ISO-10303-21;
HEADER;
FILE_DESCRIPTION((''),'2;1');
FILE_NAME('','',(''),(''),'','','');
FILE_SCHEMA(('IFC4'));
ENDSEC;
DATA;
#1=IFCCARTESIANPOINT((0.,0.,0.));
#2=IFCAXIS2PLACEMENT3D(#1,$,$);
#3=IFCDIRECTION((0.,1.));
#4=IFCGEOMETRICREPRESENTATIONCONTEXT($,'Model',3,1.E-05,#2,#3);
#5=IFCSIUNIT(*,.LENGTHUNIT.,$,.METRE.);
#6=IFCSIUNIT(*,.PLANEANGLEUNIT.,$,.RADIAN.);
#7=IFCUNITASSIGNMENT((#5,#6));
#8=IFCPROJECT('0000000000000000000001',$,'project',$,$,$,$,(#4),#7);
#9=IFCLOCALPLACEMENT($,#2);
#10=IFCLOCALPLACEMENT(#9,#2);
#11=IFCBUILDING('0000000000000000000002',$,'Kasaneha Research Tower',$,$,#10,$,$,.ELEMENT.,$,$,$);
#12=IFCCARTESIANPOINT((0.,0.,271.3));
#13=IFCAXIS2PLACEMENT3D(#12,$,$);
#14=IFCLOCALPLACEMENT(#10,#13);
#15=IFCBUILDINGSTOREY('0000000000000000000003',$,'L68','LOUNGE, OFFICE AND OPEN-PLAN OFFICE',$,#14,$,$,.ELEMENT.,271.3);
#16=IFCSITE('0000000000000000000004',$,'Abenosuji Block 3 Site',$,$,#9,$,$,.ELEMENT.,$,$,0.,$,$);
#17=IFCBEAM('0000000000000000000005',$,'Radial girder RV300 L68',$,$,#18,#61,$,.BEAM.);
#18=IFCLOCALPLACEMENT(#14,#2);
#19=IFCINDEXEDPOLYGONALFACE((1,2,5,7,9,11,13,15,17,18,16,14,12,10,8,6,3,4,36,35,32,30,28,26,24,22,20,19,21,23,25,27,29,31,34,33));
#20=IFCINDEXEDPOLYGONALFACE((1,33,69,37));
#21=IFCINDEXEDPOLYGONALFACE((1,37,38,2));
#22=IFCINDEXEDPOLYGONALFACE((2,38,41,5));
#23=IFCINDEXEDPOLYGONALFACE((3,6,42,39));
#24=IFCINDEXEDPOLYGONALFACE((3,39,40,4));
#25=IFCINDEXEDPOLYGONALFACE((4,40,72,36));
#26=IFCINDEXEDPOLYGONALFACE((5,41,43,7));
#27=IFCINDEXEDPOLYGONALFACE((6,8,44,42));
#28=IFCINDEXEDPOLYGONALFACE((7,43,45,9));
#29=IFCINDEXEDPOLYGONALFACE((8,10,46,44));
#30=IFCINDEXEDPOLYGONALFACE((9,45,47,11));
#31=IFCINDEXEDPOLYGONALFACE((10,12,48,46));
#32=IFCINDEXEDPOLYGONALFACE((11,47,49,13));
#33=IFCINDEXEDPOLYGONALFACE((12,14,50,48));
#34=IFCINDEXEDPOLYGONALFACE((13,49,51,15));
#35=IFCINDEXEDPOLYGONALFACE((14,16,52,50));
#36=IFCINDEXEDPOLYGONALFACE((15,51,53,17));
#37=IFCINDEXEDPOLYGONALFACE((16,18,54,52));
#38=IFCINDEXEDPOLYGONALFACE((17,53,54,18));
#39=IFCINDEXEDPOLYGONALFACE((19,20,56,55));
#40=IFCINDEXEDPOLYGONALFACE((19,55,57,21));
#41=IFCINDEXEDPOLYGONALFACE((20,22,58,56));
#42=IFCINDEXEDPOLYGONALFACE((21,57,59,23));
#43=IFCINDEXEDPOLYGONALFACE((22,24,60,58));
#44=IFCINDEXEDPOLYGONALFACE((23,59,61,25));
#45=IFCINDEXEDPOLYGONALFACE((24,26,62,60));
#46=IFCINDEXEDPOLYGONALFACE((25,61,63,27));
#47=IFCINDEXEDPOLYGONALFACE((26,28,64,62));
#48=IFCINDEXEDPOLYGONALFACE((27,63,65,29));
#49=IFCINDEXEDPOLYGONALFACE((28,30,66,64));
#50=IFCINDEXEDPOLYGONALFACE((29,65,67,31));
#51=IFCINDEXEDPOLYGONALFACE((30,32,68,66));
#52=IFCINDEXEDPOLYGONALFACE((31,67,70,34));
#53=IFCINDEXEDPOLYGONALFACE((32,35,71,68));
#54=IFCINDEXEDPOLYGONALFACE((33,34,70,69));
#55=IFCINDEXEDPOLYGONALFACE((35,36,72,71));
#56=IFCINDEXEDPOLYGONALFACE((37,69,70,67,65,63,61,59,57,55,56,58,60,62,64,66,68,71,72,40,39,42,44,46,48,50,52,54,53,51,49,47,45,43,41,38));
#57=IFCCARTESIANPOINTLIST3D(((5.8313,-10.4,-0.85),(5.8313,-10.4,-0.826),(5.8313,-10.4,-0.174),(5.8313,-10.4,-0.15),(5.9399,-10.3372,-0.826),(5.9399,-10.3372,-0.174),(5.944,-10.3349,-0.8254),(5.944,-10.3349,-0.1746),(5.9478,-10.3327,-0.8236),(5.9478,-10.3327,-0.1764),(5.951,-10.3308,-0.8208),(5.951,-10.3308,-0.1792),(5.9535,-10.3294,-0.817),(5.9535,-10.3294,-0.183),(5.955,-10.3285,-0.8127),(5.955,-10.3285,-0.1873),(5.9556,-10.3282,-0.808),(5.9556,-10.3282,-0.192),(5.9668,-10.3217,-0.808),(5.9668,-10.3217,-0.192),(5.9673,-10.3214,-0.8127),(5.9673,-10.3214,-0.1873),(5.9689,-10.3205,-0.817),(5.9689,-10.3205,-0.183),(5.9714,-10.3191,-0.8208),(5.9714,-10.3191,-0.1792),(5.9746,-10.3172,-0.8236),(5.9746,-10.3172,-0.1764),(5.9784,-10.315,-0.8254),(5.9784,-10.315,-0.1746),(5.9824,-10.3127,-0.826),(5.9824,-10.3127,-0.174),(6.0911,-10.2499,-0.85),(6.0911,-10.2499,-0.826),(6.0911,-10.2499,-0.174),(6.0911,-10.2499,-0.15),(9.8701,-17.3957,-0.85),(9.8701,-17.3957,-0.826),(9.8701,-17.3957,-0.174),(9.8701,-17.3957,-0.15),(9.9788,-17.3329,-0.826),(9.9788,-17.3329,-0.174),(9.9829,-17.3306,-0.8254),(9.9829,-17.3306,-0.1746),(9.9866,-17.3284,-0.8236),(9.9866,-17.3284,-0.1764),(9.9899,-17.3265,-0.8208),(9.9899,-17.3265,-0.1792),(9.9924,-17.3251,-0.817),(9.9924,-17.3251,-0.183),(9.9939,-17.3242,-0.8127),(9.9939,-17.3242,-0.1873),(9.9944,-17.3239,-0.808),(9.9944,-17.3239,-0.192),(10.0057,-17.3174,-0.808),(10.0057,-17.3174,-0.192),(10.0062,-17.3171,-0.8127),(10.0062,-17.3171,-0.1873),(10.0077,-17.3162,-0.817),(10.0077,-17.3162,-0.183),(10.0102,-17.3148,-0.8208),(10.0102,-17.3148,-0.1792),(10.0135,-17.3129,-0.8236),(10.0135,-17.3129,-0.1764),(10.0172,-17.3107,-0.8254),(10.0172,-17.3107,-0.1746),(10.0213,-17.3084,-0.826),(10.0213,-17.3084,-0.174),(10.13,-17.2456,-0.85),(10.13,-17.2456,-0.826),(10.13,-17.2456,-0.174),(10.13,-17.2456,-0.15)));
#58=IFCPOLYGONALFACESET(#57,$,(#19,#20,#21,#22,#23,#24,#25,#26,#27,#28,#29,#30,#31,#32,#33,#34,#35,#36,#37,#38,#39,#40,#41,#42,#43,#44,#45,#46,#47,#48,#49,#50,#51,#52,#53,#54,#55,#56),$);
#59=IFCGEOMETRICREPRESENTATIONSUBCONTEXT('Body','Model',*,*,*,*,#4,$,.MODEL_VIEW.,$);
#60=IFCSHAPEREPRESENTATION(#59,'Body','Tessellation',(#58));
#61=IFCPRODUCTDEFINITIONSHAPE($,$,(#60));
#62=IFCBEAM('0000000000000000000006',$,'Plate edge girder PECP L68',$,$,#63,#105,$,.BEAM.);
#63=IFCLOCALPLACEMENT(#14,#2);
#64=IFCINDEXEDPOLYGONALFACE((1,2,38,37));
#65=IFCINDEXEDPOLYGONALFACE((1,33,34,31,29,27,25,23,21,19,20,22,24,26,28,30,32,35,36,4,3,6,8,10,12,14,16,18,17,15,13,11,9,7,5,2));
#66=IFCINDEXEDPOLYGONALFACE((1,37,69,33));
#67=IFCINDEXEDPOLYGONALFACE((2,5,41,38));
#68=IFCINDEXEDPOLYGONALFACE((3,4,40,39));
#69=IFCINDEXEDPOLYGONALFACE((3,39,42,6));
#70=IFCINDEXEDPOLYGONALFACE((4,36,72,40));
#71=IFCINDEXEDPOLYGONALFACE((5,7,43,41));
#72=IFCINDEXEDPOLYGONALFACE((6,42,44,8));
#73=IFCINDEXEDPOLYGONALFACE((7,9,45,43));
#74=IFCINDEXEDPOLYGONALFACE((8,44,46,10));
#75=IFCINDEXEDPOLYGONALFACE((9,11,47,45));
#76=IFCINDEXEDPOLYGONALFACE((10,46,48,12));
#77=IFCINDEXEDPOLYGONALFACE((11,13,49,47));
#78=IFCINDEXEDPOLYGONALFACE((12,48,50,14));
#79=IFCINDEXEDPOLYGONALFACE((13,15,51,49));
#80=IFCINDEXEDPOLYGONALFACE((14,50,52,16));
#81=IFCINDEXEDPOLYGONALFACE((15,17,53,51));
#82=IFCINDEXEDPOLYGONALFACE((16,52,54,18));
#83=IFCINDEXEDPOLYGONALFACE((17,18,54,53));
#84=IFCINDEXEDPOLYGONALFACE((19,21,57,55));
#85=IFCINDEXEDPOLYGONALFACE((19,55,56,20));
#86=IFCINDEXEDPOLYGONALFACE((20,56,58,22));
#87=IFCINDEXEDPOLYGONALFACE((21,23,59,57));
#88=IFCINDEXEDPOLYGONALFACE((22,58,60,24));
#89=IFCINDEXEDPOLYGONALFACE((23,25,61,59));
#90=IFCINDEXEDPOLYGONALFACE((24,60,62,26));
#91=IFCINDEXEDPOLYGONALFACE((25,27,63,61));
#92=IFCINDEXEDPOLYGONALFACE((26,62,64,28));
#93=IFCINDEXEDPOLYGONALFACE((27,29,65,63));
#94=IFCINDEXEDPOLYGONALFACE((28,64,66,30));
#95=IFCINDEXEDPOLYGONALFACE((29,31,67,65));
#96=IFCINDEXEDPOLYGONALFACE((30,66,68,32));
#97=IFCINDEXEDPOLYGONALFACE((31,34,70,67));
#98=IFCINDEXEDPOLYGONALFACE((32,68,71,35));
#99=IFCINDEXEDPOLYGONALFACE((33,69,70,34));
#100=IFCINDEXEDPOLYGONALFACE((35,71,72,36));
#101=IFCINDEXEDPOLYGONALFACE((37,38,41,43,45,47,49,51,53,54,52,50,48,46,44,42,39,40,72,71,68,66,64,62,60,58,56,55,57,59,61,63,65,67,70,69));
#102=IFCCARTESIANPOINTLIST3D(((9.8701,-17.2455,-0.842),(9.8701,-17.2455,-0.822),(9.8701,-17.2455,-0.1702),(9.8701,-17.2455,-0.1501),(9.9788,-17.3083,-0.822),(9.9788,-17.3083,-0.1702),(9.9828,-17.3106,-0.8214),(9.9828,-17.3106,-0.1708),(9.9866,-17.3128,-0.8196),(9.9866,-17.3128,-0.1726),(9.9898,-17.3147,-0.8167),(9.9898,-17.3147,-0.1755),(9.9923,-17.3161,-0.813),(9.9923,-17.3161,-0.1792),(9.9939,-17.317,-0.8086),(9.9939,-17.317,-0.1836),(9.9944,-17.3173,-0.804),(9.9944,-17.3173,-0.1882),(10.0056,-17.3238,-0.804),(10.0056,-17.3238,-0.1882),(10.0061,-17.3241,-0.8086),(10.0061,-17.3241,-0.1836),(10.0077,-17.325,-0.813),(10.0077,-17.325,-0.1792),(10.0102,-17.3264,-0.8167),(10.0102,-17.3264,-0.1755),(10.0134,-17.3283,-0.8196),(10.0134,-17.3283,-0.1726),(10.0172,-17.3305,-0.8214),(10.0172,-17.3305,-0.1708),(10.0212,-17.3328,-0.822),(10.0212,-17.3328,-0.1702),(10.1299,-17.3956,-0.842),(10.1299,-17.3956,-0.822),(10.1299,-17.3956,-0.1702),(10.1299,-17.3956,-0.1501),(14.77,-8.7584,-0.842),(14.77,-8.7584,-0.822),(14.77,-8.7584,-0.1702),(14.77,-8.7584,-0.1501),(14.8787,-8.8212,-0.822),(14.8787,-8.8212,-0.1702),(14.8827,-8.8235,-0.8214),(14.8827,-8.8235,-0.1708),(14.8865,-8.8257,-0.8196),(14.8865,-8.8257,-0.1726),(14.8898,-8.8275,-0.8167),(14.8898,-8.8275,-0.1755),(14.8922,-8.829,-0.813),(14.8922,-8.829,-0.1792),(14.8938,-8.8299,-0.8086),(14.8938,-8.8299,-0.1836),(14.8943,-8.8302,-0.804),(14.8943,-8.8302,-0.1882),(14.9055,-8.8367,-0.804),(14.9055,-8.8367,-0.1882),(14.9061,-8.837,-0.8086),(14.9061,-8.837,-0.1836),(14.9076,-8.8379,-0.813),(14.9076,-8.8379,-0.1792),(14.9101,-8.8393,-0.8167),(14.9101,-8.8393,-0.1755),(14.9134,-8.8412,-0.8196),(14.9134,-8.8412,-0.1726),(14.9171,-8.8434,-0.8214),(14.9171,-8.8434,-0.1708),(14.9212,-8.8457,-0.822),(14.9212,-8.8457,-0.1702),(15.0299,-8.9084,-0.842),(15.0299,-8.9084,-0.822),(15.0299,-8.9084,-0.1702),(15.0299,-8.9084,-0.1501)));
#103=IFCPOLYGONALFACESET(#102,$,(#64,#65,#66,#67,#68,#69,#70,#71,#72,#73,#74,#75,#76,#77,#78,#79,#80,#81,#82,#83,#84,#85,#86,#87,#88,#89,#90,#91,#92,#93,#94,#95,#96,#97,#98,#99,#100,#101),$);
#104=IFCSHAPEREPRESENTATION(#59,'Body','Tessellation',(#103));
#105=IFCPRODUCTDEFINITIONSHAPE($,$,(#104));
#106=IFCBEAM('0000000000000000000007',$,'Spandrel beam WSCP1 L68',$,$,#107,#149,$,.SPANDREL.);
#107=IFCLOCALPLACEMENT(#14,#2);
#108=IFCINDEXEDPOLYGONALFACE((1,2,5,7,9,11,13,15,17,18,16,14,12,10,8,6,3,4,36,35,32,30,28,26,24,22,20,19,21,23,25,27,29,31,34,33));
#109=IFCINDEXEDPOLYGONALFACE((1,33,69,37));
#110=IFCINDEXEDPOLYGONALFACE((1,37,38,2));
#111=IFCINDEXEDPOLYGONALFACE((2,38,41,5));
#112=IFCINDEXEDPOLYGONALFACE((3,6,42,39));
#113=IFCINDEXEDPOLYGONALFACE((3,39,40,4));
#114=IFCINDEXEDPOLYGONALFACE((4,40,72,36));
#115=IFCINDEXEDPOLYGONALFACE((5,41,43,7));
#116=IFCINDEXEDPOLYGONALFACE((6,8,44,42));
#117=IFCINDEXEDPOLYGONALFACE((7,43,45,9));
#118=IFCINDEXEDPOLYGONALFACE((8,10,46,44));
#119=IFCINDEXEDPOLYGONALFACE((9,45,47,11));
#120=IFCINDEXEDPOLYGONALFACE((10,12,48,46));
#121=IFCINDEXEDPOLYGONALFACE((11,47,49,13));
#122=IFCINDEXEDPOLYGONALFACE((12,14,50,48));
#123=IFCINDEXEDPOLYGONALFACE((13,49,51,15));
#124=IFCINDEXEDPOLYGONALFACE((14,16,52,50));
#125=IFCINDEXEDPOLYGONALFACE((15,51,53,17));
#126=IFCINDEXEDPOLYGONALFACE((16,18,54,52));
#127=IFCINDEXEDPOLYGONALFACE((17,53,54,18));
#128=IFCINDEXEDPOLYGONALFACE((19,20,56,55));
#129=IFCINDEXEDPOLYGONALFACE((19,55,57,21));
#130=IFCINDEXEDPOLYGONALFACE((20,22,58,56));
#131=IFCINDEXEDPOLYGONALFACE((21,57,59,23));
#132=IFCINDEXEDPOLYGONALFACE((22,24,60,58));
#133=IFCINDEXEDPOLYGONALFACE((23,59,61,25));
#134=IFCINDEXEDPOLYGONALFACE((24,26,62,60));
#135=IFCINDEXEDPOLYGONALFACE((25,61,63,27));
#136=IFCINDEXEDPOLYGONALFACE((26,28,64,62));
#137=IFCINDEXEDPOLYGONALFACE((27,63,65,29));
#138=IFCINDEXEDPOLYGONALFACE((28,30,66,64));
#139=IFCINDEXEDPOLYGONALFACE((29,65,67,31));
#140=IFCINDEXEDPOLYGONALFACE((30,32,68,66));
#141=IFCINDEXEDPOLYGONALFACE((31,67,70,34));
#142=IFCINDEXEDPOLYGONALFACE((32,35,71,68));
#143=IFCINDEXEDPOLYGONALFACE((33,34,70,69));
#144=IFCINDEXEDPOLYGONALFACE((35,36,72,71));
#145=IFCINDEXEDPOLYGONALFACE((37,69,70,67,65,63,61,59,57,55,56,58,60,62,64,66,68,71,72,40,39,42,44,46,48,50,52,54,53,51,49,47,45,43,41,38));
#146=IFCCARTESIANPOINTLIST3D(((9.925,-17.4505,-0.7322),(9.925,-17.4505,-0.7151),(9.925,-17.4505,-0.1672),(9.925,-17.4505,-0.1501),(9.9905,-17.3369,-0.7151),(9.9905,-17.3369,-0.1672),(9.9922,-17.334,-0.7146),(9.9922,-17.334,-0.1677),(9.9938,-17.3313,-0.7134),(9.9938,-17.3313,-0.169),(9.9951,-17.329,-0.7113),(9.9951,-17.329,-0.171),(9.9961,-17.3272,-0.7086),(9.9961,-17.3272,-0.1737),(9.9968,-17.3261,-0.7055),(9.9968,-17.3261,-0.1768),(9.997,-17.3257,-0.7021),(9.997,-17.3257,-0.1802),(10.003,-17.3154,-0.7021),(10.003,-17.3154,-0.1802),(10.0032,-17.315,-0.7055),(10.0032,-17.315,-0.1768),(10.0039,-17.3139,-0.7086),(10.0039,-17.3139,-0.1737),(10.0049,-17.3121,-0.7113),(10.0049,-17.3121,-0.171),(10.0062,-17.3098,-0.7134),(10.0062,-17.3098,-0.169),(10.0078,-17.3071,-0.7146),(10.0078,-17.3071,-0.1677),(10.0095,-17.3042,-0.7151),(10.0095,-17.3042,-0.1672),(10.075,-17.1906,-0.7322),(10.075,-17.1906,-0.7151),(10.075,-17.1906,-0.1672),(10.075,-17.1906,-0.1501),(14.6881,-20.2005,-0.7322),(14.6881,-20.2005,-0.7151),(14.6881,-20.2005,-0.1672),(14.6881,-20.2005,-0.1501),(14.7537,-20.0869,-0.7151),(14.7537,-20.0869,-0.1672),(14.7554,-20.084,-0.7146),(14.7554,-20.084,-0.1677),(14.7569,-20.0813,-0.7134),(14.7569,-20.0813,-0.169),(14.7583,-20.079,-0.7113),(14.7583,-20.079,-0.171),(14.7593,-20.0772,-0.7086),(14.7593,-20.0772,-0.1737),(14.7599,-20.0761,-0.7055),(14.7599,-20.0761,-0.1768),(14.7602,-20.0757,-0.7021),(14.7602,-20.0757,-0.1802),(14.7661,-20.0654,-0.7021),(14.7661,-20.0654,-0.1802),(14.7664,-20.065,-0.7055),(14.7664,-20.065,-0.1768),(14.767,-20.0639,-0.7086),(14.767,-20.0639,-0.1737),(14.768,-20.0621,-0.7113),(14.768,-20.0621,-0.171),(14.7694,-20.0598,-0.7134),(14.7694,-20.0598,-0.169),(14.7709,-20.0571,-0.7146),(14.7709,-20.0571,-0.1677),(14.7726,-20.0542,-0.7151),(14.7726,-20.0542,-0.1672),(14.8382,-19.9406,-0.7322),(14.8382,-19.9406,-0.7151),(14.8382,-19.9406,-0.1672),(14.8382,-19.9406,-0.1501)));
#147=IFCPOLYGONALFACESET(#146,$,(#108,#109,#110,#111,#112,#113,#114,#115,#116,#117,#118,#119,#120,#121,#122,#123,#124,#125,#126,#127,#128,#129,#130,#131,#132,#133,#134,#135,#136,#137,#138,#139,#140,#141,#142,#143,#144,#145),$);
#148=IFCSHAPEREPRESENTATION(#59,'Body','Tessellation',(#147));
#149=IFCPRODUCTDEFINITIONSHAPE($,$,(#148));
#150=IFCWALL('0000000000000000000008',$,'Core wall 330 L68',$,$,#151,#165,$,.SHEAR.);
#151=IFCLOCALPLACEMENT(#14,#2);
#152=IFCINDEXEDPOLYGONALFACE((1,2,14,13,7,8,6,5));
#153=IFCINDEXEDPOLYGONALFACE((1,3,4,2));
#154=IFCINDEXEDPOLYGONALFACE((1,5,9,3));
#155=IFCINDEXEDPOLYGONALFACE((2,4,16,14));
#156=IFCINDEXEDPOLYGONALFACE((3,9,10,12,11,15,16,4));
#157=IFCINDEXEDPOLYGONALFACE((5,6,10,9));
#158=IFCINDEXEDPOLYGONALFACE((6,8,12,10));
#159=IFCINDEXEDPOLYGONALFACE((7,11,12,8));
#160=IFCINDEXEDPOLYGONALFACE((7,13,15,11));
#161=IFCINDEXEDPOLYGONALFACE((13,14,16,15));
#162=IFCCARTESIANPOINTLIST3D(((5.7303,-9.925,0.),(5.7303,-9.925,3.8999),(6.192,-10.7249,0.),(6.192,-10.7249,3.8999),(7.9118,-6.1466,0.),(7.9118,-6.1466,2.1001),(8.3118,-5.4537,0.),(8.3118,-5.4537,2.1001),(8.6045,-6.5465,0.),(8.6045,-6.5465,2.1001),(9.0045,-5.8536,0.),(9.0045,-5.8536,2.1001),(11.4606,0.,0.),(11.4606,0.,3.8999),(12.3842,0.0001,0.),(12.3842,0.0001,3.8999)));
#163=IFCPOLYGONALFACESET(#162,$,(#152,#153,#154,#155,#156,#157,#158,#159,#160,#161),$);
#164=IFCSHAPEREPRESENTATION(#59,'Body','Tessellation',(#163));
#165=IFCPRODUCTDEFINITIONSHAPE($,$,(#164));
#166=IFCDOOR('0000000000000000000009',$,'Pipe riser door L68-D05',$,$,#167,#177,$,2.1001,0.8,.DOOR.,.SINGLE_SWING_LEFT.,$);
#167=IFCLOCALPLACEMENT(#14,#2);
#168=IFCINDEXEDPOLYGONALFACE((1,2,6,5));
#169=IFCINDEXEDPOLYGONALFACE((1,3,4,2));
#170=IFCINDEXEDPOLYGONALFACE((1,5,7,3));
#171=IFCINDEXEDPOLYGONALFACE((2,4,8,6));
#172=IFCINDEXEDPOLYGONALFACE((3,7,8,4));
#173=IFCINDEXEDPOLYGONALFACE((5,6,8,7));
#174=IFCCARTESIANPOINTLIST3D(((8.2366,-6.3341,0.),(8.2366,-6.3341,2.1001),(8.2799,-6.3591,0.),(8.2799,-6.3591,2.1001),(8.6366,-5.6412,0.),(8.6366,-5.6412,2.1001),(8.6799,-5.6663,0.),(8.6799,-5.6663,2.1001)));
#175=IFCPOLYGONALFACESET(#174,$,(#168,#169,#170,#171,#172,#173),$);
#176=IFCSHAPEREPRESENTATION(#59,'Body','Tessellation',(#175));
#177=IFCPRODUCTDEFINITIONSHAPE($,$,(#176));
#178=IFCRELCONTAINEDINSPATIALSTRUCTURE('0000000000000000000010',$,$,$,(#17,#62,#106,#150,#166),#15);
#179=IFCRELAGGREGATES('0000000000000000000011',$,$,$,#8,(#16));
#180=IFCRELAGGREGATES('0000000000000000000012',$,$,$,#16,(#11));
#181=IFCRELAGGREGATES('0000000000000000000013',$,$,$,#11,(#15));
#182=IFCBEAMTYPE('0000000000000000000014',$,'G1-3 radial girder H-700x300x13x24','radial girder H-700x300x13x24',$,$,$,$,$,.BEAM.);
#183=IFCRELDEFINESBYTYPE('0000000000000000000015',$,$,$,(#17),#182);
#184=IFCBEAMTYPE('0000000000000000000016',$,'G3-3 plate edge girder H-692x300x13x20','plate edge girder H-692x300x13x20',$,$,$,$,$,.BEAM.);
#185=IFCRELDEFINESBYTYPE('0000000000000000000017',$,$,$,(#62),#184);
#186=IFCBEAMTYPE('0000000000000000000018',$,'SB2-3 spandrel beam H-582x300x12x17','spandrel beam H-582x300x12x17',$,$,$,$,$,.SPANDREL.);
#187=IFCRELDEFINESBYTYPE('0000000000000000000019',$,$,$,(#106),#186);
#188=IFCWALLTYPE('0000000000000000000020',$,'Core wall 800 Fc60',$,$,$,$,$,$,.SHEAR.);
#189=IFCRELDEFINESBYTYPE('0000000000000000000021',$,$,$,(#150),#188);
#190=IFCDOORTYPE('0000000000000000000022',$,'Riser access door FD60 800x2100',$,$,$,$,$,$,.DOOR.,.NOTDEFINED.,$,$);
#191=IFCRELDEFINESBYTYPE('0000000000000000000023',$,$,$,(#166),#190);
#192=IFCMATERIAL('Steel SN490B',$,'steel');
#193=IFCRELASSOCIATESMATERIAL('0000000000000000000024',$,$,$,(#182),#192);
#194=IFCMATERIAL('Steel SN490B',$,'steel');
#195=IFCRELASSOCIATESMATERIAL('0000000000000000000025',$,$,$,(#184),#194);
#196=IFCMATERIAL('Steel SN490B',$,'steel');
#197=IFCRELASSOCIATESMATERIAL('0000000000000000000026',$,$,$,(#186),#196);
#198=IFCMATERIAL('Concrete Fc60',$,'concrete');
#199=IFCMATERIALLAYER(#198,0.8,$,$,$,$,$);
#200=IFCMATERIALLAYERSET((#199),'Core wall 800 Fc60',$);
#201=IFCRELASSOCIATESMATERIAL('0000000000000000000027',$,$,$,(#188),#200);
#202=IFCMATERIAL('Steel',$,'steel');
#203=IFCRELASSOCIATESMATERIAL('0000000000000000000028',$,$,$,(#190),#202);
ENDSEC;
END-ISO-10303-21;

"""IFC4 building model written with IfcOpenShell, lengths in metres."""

from ifc_helpers import new_model, si_unit, direction, frame, frame_2d, origin, origin_2d, place, context, subcontext, project, spatial, polyline, rectangle, i_section, outline, extrude, material, layer, layer_set, material_profile, profile_set, type_object, element, fill, save


model = new_model("IFC4")

# Units and contexts
model_context = context("Model", 3, precision=1e-05, world=origin(), true_north=direction((0.0, 1.0)))
body_context = subcontext(model_context, "Body", "Model", "MODEL_VIEW")
ifc_project = project(units=[si_unit("LENGTHUNIT", "METRE"), si_unit("PLANEANGLEUNIT", "RADIAN")], contexts=[model_context])

# Site, building, storey
site_placement = place(None, origin())
site = spatial("IfcSite", under=ifc_project, at=site_placement, Name="Abenosuji Block 3 Site", CompositionType="ELEMENT", RefElevation=0.0)
building_placement = place(site_placement, origin())
building = spatial("IfcBuilding", under=site, at=building_placement, Name="Kasaneha Research Tower", CompositionType="ELEMENT")
storey_placement = place(building_placement, frame((0.0, 0.0, 271.3)))
storey = spatial("IfcBuildingStorey", under=building, at=storey_placement, Name="L68", Description="LOUNGE, OFFICE AND OPEN-PLAN OFFICE", CompositionType="ELEMENT", Elevation=271.3)

# Beams
ifc_material_1 = material(Name="Steel SN490B", Category="steel")
ifc_material_profile_1 = material_profile(ifc_material_1, i_section(OverallWidth=0.3, OverallDepth=0.7, WebThickness=0.0129, FlangeThickness=0.0239, FilletRadius=0.0181, at=origin_2d()), Name="H-700x300x13x24")
ifc_profile_set_1 = profile_set([ifc_material_profile_1], Name="Steel SN490B")
beam_type_1 = type_object("IfcBeamType", Name="G1-3 radial girder H-700x300x13x24", Description="radial girder H-700x300x13x24", PredefinedType="BEAM", material=ifc_profile_set_1)
beam_1_placement = place(storey_placement, frame((5.9612, -10.325, -0.5), z_axis=(0.499991, -0.866031, 0.0), x_axis=(0.866031, 0.499991, 0.0)))
element("IfcBeam", 1, at=beam_1_placement, inside=storey, type_object=beam_type_1, Name="Radial girder RV300 L68", PredefinedType="BEAM", context=body_context, shape_type="SweptSolid", body=[
    extrude(i_section(OverallWidth=0.3, OverallDepth=0.7, WebThickness=0.0129, FlangeThickness=0.0239, FilletRadius=0.0181, at=origin_2d()), origin(), (0.0, 0.0, 1.0), 8.0779),
])
ifc_material_2 = material(Name="Steel SN490B", Category="steel")
ifc_material_profile_2 = material_profile(ifc_material_2, i_section(OverallWidth=0.3, OverallDepth=0.6919, WebThickness=0.0129, FlangeThickness=0.02, FilletRadius=0.0181, at=origin_2d()), Name="H-692x300x13x20")
ifc_profile_set_2 = profile_set([ifc_material_profile_2], Name="Steel SN490B")
beam_type_2 = type_object("IfcBeamType", Name="G3-3 plate edge girder H-692x300x13x20", Description="plate edge girder H-692x300x13x20", PredefinedType="BEAM", material=ifc_profile_set_2)
beam_2_placement = place(storey_placement, frame((10.0, -17.3206, -0.4961), z_axis=(0.499992, 0.86603, 0.0), x_axis=(-0.86603, 0.499992, 0.0)))
element("IfcBeam", 2, at=beam_2_placement, inside=storey, type_object=beam_type_2, Name="Plate edge girder PECP L68", PredefinedType="BEAM", context=body_context, shape_type="SweptSolid", body=[
    extrude(i_section(OverallWidth=0.3, OverallDepth=0.6919, WebThickness=0.0129, FlangeThickness=0.02, FilletRadius=0.0181, at=origin_2d()), origin(), (0.0, 0.0, 1.0), 9.8),
])
ifc_material_3 = material(Name="Steel SN490B", Category="steel")
ifc_material_profile_3 = material_profile(ifc_material_3, i_section(OverallWidth=0.3, OverallDepth=0.582, WebThickness=0.012, FlangeThickness=0.0171, FilletRadius=0.0129, at=origin_2d()), Name="H-582x300x12x17")
ifc_profile_set_3 = profile_set([ifc_material_profile_3], Name="Steel SN490B")
beam_type_3 = type_object("IfcBeamType", Name="SB2-3 spandrel beam H-582x300x12x17", Description="spandrel beam H-582x300x12x17", PredefinedType="SPANDREL", material=ifc_profile_set_3)
beam_3_placement = place(storey_placement, frame((10.0, -17.3206, -0.4412), z_axis=(0.866027, -0.499997, 0.0), x_axis=(0.499997, 0.866027, 0.0)))
element("IfcBeam", 3, at=beam_3_placement, inside=storey, type_object=beam_type_3, Name="Spandrel beam WSCP1 L68", PredefinedType="SPANDREL", context=body_context, shape_type="SweptSolid", body=[
    extrude(i_section(OverallWidth=0.3, OverallDepth=0.582, WebThickness=0.012, FlangeThickness=0.0171, FilletRadius=0.0129, at=origin_2d()), origin(), (0.0, 0.0, 1.0), 5.5),
])

# Wall, opening, door
ifc_material_4 = material(Name="Concrete Fc60", Category="concrete")
ifc_layer_1 = layer(ifc_material_4, 0.8)
ifc_layer_set_1 = layer_set([ifc_layer_1], Name="Core wall 800 Fc60")
wall_type_1 = type_object("IfcWallType", Name="Core wall 800 Fc60", PredefinedType="SHEAR", material=ifc_layer_set_1)
wall_1_placement = place(storey_placement, frame((5.9612, -10.325, 0.0), z_axis=(0.0, 0.0, 1.0), x_axis=(0.500004, 0.866023, 0.0)))
wall_1 = element("IfcWall", 4, at=wall_1_placement, inside=storey, type_object=wall_type_1, Name="Core wall 330 L68", PredefinedType="SHEAR", context=body_context, shape_type="SweptSolid", body=[
    extrude(outline(polyline([(-0.231, -0.3999), (4.594, -0.3999), (5.394, -0.3999), (12.1533, -0.3999), (11.6914, 0.3999), (5.394, 0.3999), (4.594, 0.3999), (0.231, 0.3999), (-0.231, -0.3999)])), origin(), (0.0, 0.0, 1.0), 3.8999),
])
opening_1_placement = place(wall_1_placement, frame((4.594, 0.0, 0.0)))
opening_1 = element("IfcOpeningElement", 5, at=opening_1_placement, cuts=wall_1, PredefinedType="OPENING", context=body_context, shape_type="SweptSolid", body=[
    extrude(rectangle(XDim=0.8, YDim=2.1001, at=frame_2d((0.3999, 1.05))), frame((0.0, 0.4102, 0.0), z_axis=(0.0, -1.0, 0.0), x_axis=(1.0, 0.0, 0.0)), (0.0, 0.0, 1.0), 0.8201),
])
ifc_material_5 = material(Name="Steel", Category="steel")
door_type_1 = type_object("IfcDoorType", Name="Riser access door FD60 800x2100", OperationType="NOTDEFINED", PredefinedType="DOOR", material=ifc_material_5)
door_1_placement = place(opening_1_placement, origin())
door_1 = element("IfcDoor", 6, at=door_1_placement, inside=storey, type_object=door_type_1, Name="Pipe riser door L68-D05", OperationType="SINGLE_SWING_LEFT", OverallHeight=2.1001, OverallWidth=0.8, PredefinedType="DOOR", context=body_context, shape_type="SweptSolid", body=[
    extrude(rectangle(XDim=0.8, YDim=2.1001, at=frame_2d((0.3999, 1.05))), frame((0.0, 0.0249, 0.0), z_axis=(0.0, -1.0, 0.0), x_axis=(1.0, 0.0, 0.0)), (0.0, 0.0, 1.0), 0.05),
])
fill(opening_1, door_1)

save(model, "model.ifc")
